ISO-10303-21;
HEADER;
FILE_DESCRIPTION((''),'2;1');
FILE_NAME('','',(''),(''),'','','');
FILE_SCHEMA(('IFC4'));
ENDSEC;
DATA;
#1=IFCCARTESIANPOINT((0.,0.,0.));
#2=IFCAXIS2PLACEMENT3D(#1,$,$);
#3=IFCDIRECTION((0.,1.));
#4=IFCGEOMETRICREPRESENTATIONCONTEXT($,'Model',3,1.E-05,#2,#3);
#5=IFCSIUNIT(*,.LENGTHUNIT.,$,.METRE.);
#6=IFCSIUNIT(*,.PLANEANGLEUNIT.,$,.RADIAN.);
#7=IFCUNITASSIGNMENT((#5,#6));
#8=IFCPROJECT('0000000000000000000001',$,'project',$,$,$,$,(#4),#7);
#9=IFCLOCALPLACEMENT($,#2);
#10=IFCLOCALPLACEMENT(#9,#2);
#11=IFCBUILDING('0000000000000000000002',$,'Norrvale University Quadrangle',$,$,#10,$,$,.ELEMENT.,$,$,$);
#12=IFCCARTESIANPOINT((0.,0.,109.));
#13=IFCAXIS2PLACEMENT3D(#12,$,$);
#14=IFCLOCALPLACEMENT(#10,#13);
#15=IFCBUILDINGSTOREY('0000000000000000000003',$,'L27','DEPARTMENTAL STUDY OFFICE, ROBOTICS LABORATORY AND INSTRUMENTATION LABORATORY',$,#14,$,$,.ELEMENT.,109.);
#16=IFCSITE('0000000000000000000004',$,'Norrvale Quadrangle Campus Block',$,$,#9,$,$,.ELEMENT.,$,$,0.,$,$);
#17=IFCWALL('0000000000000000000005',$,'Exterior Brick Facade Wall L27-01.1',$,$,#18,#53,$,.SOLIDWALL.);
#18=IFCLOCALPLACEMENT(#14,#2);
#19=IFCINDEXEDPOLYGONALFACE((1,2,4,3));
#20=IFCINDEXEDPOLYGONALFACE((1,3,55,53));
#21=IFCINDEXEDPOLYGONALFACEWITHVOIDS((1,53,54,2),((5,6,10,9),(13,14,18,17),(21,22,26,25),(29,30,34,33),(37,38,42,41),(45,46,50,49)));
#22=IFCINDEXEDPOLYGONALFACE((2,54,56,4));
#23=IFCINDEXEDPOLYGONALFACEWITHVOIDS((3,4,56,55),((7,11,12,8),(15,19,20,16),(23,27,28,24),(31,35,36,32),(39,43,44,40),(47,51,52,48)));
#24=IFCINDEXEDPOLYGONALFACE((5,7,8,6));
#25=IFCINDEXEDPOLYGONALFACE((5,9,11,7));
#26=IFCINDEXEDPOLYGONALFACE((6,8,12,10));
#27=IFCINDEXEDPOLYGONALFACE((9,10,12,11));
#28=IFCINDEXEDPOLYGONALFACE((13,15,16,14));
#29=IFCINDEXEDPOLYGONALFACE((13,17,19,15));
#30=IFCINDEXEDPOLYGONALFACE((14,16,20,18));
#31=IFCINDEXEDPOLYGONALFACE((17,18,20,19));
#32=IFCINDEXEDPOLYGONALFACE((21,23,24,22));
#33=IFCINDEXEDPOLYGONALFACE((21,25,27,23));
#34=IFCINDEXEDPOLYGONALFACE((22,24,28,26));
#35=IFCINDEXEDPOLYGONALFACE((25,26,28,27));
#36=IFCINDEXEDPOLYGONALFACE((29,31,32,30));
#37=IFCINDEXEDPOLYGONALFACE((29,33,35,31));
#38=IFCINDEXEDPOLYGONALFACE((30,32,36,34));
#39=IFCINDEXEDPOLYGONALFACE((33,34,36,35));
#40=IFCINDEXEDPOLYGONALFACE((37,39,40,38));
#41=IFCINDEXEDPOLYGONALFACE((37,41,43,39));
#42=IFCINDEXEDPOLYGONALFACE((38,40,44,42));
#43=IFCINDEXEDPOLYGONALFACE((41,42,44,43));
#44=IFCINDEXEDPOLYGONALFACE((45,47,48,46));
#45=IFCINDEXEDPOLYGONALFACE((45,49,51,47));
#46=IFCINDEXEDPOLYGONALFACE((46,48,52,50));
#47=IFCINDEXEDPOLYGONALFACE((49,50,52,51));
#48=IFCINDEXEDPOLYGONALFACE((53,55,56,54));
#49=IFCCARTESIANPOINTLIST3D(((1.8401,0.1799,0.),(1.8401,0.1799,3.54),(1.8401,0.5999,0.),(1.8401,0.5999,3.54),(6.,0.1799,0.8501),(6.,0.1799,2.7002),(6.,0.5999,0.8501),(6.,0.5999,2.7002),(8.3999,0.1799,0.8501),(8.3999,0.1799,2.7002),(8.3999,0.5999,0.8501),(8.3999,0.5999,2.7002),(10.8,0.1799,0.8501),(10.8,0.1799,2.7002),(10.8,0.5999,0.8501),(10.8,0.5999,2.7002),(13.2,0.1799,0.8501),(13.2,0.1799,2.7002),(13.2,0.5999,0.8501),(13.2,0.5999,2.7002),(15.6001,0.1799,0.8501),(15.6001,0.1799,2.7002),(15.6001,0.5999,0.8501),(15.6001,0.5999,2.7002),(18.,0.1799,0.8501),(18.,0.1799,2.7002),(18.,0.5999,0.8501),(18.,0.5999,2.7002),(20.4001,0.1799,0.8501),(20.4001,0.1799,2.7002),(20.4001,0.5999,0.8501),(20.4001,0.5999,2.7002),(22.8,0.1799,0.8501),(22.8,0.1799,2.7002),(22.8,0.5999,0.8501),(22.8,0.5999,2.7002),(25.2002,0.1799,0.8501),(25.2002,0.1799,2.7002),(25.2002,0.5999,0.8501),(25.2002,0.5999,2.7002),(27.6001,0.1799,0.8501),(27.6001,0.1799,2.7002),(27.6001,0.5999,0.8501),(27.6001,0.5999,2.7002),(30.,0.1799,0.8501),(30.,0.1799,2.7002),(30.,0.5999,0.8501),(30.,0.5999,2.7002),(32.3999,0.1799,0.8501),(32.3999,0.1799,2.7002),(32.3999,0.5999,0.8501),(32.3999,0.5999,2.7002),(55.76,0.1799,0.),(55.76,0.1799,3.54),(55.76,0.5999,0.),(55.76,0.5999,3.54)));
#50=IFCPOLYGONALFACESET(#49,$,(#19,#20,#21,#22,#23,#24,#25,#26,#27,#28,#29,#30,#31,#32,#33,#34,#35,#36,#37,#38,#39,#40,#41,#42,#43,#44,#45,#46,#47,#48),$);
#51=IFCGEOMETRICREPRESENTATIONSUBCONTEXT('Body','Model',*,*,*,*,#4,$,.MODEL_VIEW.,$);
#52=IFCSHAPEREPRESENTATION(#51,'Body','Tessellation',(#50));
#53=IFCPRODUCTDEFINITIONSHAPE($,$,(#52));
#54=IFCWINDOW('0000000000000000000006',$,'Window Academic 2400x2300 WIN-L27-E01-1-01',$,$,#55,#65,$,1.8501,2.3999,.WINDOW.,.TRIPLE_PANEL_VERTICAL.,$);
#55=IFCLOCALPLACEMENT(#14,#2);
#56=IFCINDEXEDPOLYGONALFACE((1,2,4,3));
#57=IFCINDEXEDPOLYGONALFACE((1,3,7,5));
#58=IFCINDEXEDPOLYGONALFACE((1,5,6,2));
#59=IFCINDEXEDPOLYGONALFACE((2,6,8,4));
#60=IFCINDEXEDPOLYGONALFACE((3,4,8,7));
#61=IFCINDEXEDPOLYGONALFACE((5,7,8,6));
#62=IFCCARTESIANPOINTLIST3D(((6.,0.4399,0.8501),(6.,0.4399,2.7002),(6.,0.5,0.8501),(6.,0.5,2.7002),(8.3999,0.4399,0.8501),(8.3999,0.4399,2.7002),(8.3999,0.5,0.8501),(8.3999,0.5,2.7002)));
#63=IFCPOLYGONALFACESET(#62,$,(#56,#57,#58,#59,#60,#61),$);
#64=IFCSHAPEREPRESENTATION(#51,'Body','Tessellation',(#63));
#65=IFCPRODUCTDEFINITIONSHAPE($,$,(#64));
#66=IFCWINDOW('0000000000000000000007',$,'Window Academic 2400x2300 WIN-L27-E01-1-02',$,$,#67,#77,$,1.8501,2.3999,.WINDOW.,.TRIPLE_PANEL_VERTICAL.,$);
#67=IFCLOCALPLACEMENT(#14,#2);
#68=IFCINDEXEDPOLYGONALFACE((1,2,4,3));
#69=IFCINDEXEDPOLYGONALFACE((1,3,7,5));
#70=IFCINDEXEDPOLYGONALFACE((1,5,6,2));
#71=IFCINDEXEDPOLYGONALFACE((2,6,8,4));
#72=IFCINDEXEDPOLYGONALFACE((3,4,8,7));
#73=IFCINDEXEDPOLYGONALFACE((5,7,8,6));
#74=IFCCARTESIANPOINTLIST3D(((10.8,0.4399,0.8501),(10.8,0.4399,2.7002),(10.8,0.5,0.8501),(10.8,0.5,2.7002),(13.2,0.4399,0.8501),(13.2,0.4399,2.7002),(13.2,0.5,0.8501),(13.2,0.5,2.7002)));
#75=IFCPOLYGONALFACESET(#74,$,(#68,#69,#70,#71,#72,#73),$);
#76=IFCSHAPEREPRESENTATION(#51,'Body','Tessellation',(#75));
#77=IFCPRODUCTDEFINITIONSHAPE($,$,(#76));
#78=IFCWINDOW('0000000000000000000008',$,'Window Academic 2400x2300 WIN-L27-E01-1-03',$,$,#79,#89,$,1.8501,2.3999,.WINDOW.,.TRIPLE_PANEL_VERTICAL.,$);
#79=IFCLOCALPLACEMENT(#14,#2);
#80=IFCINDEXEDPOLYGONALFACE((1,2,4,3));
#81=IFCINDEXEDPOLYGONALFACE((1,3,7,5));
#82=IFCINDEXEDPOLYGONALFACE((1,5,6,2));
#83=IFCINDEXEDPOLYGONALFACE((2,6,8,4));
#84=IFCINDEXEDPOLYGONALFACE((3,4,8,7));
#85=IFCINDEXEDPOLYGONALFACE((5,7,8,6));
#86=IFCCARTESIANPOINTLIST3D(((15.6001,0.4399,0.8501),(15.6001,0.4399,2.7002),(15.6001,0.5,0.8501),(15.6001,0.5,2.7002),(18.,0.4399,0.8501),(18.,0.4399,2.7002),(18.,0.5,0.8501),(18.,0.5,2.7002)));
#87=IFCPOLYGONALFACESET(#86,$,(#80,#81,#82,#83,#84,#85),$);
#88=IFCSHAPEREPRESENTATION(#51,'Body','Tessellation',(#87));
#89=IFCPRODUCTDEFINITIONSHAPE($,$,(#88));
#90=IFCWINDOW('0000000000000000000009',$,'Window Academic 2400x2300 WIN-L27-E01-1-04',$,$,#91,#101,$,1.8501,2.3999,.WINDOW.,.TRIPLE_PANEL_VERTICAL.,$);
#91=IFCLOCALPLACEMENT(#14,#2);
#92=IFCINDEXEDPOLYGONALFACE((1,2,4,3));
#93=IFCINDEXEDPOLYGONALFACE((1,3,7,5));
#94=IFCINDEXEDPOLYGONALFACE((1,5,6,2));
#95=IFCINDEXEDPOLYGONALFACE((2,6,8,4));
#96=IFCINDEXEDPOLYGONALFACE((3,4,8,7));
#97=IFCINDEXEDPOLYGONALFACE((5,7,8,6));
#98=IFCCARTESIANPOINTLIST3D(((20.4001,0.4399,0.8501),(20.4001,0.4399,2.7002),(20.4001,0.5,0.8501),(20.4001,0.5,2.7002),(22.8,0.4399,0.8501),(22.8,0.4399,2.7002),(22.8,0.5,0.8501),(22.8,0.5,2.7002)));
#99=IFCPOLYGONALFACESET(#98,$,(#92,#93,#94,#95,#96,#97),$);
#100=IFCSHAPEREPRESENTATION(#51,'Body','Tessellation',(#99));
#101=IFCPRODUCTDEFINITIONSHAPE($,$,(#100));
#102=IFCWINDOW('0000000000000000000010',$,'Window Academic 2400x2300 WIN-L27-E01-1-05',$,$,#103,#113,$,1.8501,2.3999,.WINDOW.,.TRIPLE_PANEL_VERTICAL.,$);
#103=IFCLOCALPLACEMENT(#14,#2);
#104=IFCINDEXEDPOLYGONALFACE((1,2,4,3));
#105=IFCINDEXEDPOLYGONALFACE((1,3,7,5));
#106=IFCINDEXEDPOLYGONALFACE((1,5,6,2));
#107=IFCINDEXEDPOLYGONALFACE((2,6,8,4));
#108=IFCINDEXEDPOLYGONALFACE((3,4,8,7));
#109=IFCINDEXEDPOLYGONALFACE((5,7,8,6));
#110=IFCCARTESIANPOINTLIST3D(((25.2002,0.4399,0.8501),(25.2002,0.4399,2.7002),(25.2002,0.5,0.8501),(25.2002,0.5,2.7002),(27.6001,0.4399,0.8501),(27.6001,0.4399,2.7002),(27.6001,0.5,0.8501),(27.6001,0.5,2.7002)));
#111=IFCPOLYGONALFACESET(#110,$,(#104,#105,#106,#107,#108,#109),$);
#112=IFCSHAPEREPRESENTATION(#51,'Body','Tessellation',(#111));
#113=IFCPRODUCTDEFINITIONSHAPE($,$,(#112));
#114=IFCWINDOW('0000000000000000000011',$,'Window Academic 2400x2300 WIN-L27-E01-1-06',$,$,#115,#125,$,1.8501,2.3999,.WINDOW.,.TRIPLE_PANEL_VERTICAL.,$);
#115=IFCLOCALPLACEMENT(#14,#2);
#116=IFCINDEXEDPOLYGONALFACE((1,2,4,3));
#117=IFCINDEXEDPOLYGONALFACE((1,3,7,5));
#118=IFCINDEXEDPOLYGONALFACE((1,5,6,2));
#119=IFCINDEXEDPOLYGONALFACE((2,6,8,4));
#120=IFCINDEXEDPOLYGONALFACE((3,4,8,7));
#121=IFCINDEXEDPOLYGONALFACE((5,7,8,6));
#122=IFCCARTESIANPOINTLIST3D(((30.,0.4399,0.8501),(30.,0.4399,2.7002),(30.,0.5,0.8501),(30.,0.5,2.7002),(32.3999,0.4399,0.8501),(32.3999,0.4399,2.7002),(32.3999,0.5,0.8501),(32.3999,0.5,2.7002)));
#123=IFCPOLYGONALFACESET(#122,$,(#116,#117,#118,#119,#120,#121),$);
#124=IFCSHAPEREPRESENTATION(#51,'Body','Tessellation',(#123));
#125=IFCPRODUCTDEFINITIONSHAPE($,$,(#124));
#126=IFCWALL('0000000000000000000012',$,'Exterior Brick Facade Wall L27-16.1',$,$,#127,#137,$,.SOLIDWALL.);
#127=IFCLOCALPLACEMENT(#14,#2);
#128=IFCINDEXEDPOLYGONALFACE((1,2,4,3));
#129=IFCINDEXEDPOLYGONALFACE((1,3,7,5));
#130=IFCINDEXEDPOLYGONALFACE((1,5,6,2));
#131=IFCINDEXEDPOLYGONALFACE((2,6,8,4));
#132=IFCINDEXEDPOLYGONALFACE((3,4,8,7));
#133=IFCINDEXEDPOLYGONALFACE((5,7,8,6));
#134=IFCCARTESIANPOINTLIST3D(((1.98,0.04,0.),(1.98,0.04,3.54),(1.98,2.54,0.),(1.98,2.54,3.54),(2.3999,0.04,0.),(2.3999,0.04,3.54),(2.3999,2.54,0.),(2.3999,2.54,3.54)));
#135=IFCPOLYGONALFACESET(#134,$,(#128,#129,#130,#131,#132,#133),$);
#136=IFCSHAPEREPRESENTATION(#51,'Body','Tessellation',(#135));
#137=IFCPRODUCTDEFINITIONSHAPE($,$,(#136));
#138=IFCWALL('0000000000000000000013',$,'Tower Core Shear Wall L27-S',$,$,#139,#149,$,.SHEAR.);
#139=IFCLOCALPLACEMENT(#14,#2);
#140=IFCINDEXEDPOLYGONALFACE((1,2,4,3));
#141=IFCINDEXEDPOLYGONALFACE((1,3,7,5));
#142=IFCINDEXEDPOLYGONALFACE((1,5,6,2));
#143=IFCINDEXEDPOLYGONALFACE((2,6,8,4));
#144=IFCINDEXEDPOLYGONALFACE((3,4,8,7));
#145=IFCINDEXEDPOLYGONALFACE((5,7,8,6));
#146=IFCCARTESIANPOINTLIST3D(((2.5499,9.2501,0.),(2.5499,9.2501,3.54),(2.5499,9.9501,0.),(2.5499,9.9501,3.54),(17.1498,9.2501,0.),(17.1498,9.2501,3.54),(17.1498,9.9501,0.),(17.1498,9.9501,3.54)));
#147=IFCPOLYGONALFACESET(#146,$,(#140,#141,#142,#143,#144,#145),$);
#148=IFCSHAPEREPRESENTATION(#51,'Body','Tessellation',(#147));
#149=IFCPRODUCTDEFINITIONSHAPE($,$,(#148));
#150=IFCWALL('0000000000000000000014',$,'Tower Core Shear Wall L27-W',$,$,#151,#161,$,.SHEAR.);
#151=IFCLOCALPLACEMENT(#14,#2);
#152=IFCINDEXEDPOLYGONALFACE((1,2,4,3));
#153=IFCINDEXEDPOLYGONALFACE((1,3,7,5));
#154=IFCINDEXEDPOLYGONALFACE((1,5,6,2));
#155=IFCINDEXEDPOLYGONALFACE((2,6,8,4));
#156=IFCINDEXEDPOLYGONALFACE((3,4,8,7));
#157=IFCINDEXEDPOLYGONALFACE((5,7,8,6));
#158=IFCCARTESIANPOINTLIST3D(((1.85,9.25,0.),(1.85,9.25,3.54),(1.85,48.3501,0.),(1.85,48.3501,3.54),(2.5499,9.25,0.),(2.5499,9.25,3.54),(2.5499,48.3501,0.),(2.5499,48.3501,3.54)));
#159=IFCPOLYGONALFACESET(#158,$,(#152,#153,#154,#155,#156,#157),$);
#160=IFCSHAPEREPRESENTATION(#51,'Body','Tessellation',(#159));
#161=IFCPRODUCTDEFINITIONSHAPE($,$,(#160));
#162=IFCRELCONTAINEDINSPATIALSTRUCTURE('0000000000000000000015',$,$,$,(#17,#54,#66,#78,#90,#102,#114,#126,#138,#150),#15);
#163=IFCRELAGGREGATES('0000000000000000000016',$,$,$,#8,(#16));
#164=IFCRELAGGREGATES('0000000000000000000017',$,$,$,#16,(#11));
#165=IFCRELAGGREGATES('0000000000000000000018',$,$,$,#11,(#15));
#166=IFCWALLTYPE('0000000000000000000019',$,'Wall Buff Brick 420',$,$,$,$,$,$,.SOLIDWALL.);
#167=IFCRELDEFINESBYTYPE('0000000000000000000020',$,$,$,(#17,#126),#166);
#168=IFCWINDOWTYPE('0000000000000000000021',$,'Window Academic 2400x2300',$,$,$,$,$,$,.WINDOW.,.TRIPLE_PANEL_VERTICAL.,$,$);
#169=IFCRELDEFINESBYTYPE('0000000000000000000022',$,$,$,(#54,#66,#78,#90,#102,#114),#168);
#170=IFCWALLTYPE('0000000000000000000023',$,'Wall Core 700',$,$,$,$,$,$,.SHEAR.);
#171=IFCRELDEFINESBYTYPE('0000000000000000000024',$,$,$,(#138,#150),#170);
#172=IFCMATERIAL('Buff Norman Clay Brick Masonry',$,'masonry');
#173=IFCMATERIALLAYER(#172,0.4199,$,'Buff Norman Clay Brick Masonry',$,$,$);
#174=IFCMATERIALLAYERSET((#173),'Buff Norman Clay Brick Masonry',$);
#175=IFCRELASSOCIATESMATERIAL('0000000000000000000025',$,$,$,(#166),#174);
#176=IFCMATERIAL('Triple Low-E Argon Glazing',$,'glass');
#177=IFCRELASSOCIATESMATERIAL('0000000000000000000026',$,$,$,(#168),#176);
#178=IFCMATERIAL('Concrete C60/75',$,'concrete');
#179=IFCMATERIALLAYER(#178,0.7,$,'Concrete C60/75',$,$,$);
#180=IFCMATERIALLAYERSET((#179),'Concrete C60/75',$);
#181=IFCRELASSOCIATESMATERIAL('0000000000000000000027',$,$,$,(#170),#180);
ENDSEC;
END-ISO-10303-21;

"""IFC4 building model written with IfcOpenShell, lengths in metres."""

from ifc_helpers import new_model, si_unit, direction, frame, frame_2d, origin, place, context, subcontext, project, spatial, rectangle, extrude, material, layer, layer_set, type_object, element, fill, save


model = new_model("IFC4")

# Units and contexts
model_context = context("Model", 3, precision=1e-05, world=origin(), true_north=direction((0.0, 1.0)))
body_context = subcontext(model_context, "Body", "Model", "MODEL_VIEW")
ifc_project = project(units=[si_unit("LENGTHUNIT", "METRE"), si_unit("PLANEANGLEUNIT", "RADIAN")], contexts=[model_context])

# Site, building, storey
site_placement = place(None, origin())
site = spatial("IfcSite", under=ifc_project, at=site_placement, Name="Norrvale Quadrangle Campus Block", CompositionType="ELEMENT", RefElevation=0.0)
building_placement = place(site_placement, origin())
building = spatial("IfcBuilding", under=site, at=building_placement, Name="Norrvale University Quadrangle", CompositionType="ELEMENT")
storey_placement = place(building_placement, frame((0.0, 0.0, 109.0)))
storey = spatial("IfcBuildingStorey", under=building, at=storey_placement, Name="L27", Description="DEPARTMENTAL STUDY OFFICE, ROBOTICS LABORATORY AND INSTRUMENTATION LABORATORY", CompositionType="ELEMENT", Elevation=109.0)

# Shared definitions
ifc_material_1 = material(Name="Concrete C60/75", Category="concrete")

# Wall, openings, windows
ifc_material_2 = material(Name="Buff Norman Clay Brick Masonry", Category="masonry")
ifc_layer_1 = layer(ifc_material_2, 0.4199, Name="Buff Norman Clay Brick Masonry")
ifc_layer_set_1 = layer_set([ifc_layer_1], Name="Buff Norman Clay Brick Masonry")
wall_type_1 = type_object("IfcWallType", Name="Wall Buff Brick 420", PredefinedType="SOLIDWALL", material=ifc_layer_set_1)
wall_1_placement = place(storey_placement, frame((1.8401, 0.3899, 0.0), z_axis=(0.0, 0.0, 1.0), x_axis=(1.0, 0.0, 0.0)))
wall_1 = element("IfcWall", 1, at=wall_1_placement, inside=storey, type_object=wall_type_1, Name="Exterior Brick Facade Wall L27-01.1", PredefinedType="SOLIDWALL", context=body_context, shape_type="SweptSolid", body=[
    extrude(rectangle(XDim=53.9199, YDim=0.4199, at=frame_2d((26.96, 0.0))), origin(), (0.0, 0.0, 1.0), 3.54),
])
opening_1_placement = place(wall_1_placement, frame((4.1599, 0.0, 0.8501)))
opening_1 = element("IfcOpeningElement", 2, at=opening_1_placement, cuts=wall_1, PredefinedType="OPENING", context=body_context, shape_type="SweptSolid", body=[
    extrude(rectangle(XDim=2.3999, YDim=1.8501, at=frame_2d((1.2, 0.925))), frame((0.0, 0.2219, 0.0), z_axis=(0.0, -1.0, 0.0), x_axis=(1.0, 0.0, 0.0)), (0.0, 0.0, 1.0), 0.4438),
])
opening_2_placement = place(wall_1_placement, frame((8.96, 0.0, 0.8501)))
opening_2 = element("IfcOpeningElement", 3, at=opening_2_placement, cuts=wall_1, PredefinedType="OPENING", context=body_context, shape_type="SweptSolid", body=[
    extrude(rectangle(XDim=2.3999, YDim=1.8501, at=frame_2d((1.2, 0.925))), frame((0.0, 0.2219, 0.0), z_axis=(0.0, -1.0, 0.0), x_axis=(1.0, 0.0, 0.0)), (0.0, 0.0, 1.0), 0.4438),
])
opening_3_placement = place(wall_1_placement, frame((13.76, 0.0, 0.8501)))
opening_3 = element("IfcOpeningElement", 4, at=opening_3_placement, cuts=wall_1, PredefinedType="OPENING", context=body_context, shape_type="SweptSolid", body=[
    extrude(rectangle(XDim=2.3999, YDim=1.8501, at=frame_2d((1.2, 0.925))), frame((0.0, 0.2219, 0.0), z_axis=(0.0, -1.0, 0.0), x_axis=(1.0, 0.0, 0.0)), (0.0, 0.0, 1.0), 0.4438),
])
opening_4_placement = place(wall_1_placement, frame((18.5601, 0.0, 0.8501)))
opening_4 = element("IfcOpeningElement", 5, at=opening_4_placement, cuts=wall_1, PredefinedType="OPENING", context=body_context, shape_type="SweptSolid", body=[
    extrude(rectangle(XDim=2.3999, YDim=1.8501, at=frame_2d((1.2, 0.925))), frame((0.0, 0.2219, 0.0), z_axis=(0.0, -1.0, 0.0), x_axis=(1.0, 0.0, 0.0)), (0.0, 0.0, 1.0), 0.4438),
])
opening_5_placement = place(wall_1_placement, frame((23.3601, 0.0, 0.8501)))
opening_5 = element("IfcOpeningElement", 6, at=opening_5_placement, cuts=wall_1, PredefinedType="OPENING", context=body_context, shape_type="SweptSolid", body=[
    extrude(rectangle(XDim=2.3999, YDim=1.8501, at=frame_2d((1.2, 0.925))), frame((0.0, 0.2219, 0.0), z_axis=(0.0, -1.0, 0.0), x_axis=(1.0, 0.0, 0.0)), (0.0, 0.0, 1.0), 0.4438),
])
opening_6_placement = place(wall_1_placement, frame((28.1599, 0.0, 0.8501)))
opening_6 = element("IfcOpeningElement", 7, at=opening_6_placement, cuts=wall_1, PredefinedType="OPENING", context=body_context, shape_type="SweptSolid", body=[
    extrude(rectangle(XDim=2.3999, YDim=1.8501, at=frame_2d((1.2, 0.925))), frame((0.0, 0.2219, 0.0), z_axis=(0.0, -1.0, 0.0), x_axis=(1.0, 0.0, 0.0)), (0.0, 0.0, 1.0), 0.4438),
])
ifc_material_3 = material(Name="Triple Low-E Argon Glazing", Category="glass")
window_type = type_object("IfcWindowType", Name="Window Academic 2400x2300", PartitioningType="TRIPLE_PANEL_VERTICAL", PredefinedType="WINDOW", material=ifc_material_3)
window_1_placement = place(opening_1_placement, origin())
window_1 = element("IfcWindow", 8, at=window_1_placement, inside=storey, type_object=window_type, Name="Window Academic 2400x2300 WIN-L27-E01-1-01", OverallHeight=1.8501, OverallWidth=2.3999, PartitioningType="TRIPLE_PANEL_VERTICAL", PredefinedType="WINDOW", context=body_context, shape_type="SweptSolid", body=[
    extrude(rectangle(XDim=2.3999, YDim=1.8501, at=frame_2d((1.2, 0.925))), frame((0.0, 0.1101, 0.0), z_axis=(0.0, -1.0, 0.0), x_axis=(1.0, 0.0, 0.0)), (0.0, 0.0, 1.0), 0.0601),
])
fill(opening_1, window_1)
window_2_placement = place(opening_2_placement, origin())
window_2 = element("IfcWindow", 9, at=window_2_placement, inside=storey, type_object=window_type, Name="Window Academic 2400x2300 WIN-L27-E01-1-02", OverallHeight=1.8501, OverallWidth=2.3999, PartitioningType="TRIPLE_PANEL_VERTICAL", PredefinedType="WINDOW", context=body_context, shape_type="SweptSolid", body=[
    extrude(rectangle(XDim=2.3999, YDim=1.8501, at=frame_2d((1.2, 0.925))), frame((0.0, 0.1101, 0.0), z_axis=(0.0, -1.0, 0.0), x_axis=(1.0, 0.0, 0.0)), (0.0, 0.0, 1.0), 0.0601),
])
fill(opening_2, window_2)
window_3_placement = place(opening_3_placement, origin())
window_3 = element("IfcWindow", 10, at=window_3_placement, inside=storey, type_object=window_type, Name="Window Academic 2400x2300 WIN-L27-E01-1-03", OverallHeight=1.8501, OverallWidth=2.3999, PartitioningType="TRIPLE_PANEL_VERTICAL", PredefinedType="WINDOW", context=body_context, shape_type="SweptSolid", body=[
    extrude(rectangle(XDim=2.3999, YDim=1.8501, at=frame_2d((1.2, 0.925))), frame((0.0, 0.1101, 0.0), z_axis=(0.0, -1.0, 0.0), x_axis=(1.0, 0.0, 0.0)), (0.0, 0.0, 1.0), 0.0601),
])
fill(opening_3, window_3)
window_4_placement = place(opening_4_placement, origin())
window_4 = element("IfcWindow", 11, at=window_4_placement, inside=storey, type_object=window_type, Name="Window Academic 2400x2300 WIN-L27-E01-1-04", OverallHeight=1.8501, OverallWidth=2.3999, PartitioningType="TRIPLE_PANEL_VERTICAL", PredefinedType="WINDOW", context=body_context, shape_type="SweptSolid", body=[
    extrude(rectangle(XDim=2.3999, YDim=1.8501, at=frame_2d((1.2, 0.925))), frame((0.0, 0.1101, 0.0), z_axis=(0.0, -1.0, 0.0), x_axis=(1.0, 0.0, 0.0)), (0.0, 0.0, 1.0), 0.0601),
])
fill(opening_4, window_4)
window_5_placement = place(opening_5_placement, origin())
window_5 = element("IfcWindow", 12, at=window_5_placement, inside=storey, type_object=window_type, Name="Window Academic 2400x2300 WIN-L27-E01-1-05", OverallHeight=1.8501, OverallWidth=2.3999, PartitioningType="TRIPLE_PANEL_VERTICAL", PredefinedType="WINDOW", context=body_context, shape_type="SweptSolid", body=[
    extrude(rectangle(XDim=2.3999, YDim=1.8501, at=frame_2d((1.2, 0.925))), frame((0.0, 0.1101, 0.0), z_axis=(0.0, -1.0, 0.0), x_axis=(1.0, 0.0, 0.0)), (0.0, 0.0, 1.0), 0.0601),
])
fill(opening_5, window_5)
window_6_placement = place(opening_6_placement, origin())
window_6 = element("IfcWindow", 13, at=window_6_placement, inside=storey, type_object=window_type, Name="Window Academic 2400x2300 WIN-L27-E01-1-06", OverallHeight=1.8501, OverallWidth=2.3999, PartitioningType="TRIPLE_PANEL_VERTICAL", PredefinedType="WINDOW", context=body_context, shape_type="SweptSolid", body=[
    extrude(rectangle(XDim=2.3999, YDim=1.8501, at=frame_2d((1.2, 0.925))), frame((0.0, 0.1101, 0.0), z_axis=(0.0, -1.0, 0.0), x_axis=(1.0, 0.0, 0.0)), (0.0, 0.0, 1.0), 0.0601),
])
fill(opening_6, window_6)

# Walls
wall_2_placement = place(storey_placement, frame((2.1899, 2.54, 0.0), z_axis=(0.0, 0.0, 1.0), x_axis=(0.0, -1.0, 0.0)))
element("IfcWall", 14, at=wall_2_placement, inside=storey, type_object=wall_type_1, Name="Exterior Brick Facade Wall L27-16.1", PredefinedType="SOLIDWALL", context=body_context, shape_type="SweptSolid", body=[
    extrude(rectangle(XDim=2.5, YDim=0.4199, at=frame_2d((1.25, 0.0))), origin(), (0.0, 0.0, 1.0), 3.54),
])
ifc_layer_2 = layer(ifc_material_1, 0.7, Name="Concrete C60/75")
ifc_layer_set_2 = layer_set([ifc_layer_2], Name="Concrete C60/75")
wall_type_2 = type_object("IfcWallType", Name="Wall Core 700", PredefinedType="SHEAR", material=ifc_layer_set_2)
wall_3_placement = place(storey_placement, frame((2.55, 9.6001, 0.0), z_axis=(0.0, 0.0, 1.0), x_axis=(1.0, 0.0, 0.0)))
element("IfcWall", 15, at=wall_3_placement, inside=storey, type_object=wall_type_2, Name="Tower Core Shear Wall L27-S", PredefinedType="SHEAR", context=body_context, shape_type="SweptSolid", body=[
    extrude(rectangle(XDim=14.5999, YDim=0.7, at=frame_2d((7.2998, 0.0))), origin(), (0.0, 0.0, 1.0), 3.54),
])
wall_4_placement = place(storey_placement, frame((2.2, 9.25, 0.0), z_axis=(0.0, 0.0, 1.0), x_axis=(0.0, 1.0, 0.0)))
element("IfcWall", 16, at=wall_4_placement, inside=storey, type_object=wall_type_2, Name="Tower Core Shear Wall L27-W", PredefinedType="SHEAR", context=body_context, shape_type="SweptSolid", body=[
    extrude(rectangle(XDim=39.1001, YDim=0.7, at=frame_2d((19.55, 0.0))), origin(), (0.0, 0.0, 1.0), 3.54),
])

save(model, "model.ifc")
